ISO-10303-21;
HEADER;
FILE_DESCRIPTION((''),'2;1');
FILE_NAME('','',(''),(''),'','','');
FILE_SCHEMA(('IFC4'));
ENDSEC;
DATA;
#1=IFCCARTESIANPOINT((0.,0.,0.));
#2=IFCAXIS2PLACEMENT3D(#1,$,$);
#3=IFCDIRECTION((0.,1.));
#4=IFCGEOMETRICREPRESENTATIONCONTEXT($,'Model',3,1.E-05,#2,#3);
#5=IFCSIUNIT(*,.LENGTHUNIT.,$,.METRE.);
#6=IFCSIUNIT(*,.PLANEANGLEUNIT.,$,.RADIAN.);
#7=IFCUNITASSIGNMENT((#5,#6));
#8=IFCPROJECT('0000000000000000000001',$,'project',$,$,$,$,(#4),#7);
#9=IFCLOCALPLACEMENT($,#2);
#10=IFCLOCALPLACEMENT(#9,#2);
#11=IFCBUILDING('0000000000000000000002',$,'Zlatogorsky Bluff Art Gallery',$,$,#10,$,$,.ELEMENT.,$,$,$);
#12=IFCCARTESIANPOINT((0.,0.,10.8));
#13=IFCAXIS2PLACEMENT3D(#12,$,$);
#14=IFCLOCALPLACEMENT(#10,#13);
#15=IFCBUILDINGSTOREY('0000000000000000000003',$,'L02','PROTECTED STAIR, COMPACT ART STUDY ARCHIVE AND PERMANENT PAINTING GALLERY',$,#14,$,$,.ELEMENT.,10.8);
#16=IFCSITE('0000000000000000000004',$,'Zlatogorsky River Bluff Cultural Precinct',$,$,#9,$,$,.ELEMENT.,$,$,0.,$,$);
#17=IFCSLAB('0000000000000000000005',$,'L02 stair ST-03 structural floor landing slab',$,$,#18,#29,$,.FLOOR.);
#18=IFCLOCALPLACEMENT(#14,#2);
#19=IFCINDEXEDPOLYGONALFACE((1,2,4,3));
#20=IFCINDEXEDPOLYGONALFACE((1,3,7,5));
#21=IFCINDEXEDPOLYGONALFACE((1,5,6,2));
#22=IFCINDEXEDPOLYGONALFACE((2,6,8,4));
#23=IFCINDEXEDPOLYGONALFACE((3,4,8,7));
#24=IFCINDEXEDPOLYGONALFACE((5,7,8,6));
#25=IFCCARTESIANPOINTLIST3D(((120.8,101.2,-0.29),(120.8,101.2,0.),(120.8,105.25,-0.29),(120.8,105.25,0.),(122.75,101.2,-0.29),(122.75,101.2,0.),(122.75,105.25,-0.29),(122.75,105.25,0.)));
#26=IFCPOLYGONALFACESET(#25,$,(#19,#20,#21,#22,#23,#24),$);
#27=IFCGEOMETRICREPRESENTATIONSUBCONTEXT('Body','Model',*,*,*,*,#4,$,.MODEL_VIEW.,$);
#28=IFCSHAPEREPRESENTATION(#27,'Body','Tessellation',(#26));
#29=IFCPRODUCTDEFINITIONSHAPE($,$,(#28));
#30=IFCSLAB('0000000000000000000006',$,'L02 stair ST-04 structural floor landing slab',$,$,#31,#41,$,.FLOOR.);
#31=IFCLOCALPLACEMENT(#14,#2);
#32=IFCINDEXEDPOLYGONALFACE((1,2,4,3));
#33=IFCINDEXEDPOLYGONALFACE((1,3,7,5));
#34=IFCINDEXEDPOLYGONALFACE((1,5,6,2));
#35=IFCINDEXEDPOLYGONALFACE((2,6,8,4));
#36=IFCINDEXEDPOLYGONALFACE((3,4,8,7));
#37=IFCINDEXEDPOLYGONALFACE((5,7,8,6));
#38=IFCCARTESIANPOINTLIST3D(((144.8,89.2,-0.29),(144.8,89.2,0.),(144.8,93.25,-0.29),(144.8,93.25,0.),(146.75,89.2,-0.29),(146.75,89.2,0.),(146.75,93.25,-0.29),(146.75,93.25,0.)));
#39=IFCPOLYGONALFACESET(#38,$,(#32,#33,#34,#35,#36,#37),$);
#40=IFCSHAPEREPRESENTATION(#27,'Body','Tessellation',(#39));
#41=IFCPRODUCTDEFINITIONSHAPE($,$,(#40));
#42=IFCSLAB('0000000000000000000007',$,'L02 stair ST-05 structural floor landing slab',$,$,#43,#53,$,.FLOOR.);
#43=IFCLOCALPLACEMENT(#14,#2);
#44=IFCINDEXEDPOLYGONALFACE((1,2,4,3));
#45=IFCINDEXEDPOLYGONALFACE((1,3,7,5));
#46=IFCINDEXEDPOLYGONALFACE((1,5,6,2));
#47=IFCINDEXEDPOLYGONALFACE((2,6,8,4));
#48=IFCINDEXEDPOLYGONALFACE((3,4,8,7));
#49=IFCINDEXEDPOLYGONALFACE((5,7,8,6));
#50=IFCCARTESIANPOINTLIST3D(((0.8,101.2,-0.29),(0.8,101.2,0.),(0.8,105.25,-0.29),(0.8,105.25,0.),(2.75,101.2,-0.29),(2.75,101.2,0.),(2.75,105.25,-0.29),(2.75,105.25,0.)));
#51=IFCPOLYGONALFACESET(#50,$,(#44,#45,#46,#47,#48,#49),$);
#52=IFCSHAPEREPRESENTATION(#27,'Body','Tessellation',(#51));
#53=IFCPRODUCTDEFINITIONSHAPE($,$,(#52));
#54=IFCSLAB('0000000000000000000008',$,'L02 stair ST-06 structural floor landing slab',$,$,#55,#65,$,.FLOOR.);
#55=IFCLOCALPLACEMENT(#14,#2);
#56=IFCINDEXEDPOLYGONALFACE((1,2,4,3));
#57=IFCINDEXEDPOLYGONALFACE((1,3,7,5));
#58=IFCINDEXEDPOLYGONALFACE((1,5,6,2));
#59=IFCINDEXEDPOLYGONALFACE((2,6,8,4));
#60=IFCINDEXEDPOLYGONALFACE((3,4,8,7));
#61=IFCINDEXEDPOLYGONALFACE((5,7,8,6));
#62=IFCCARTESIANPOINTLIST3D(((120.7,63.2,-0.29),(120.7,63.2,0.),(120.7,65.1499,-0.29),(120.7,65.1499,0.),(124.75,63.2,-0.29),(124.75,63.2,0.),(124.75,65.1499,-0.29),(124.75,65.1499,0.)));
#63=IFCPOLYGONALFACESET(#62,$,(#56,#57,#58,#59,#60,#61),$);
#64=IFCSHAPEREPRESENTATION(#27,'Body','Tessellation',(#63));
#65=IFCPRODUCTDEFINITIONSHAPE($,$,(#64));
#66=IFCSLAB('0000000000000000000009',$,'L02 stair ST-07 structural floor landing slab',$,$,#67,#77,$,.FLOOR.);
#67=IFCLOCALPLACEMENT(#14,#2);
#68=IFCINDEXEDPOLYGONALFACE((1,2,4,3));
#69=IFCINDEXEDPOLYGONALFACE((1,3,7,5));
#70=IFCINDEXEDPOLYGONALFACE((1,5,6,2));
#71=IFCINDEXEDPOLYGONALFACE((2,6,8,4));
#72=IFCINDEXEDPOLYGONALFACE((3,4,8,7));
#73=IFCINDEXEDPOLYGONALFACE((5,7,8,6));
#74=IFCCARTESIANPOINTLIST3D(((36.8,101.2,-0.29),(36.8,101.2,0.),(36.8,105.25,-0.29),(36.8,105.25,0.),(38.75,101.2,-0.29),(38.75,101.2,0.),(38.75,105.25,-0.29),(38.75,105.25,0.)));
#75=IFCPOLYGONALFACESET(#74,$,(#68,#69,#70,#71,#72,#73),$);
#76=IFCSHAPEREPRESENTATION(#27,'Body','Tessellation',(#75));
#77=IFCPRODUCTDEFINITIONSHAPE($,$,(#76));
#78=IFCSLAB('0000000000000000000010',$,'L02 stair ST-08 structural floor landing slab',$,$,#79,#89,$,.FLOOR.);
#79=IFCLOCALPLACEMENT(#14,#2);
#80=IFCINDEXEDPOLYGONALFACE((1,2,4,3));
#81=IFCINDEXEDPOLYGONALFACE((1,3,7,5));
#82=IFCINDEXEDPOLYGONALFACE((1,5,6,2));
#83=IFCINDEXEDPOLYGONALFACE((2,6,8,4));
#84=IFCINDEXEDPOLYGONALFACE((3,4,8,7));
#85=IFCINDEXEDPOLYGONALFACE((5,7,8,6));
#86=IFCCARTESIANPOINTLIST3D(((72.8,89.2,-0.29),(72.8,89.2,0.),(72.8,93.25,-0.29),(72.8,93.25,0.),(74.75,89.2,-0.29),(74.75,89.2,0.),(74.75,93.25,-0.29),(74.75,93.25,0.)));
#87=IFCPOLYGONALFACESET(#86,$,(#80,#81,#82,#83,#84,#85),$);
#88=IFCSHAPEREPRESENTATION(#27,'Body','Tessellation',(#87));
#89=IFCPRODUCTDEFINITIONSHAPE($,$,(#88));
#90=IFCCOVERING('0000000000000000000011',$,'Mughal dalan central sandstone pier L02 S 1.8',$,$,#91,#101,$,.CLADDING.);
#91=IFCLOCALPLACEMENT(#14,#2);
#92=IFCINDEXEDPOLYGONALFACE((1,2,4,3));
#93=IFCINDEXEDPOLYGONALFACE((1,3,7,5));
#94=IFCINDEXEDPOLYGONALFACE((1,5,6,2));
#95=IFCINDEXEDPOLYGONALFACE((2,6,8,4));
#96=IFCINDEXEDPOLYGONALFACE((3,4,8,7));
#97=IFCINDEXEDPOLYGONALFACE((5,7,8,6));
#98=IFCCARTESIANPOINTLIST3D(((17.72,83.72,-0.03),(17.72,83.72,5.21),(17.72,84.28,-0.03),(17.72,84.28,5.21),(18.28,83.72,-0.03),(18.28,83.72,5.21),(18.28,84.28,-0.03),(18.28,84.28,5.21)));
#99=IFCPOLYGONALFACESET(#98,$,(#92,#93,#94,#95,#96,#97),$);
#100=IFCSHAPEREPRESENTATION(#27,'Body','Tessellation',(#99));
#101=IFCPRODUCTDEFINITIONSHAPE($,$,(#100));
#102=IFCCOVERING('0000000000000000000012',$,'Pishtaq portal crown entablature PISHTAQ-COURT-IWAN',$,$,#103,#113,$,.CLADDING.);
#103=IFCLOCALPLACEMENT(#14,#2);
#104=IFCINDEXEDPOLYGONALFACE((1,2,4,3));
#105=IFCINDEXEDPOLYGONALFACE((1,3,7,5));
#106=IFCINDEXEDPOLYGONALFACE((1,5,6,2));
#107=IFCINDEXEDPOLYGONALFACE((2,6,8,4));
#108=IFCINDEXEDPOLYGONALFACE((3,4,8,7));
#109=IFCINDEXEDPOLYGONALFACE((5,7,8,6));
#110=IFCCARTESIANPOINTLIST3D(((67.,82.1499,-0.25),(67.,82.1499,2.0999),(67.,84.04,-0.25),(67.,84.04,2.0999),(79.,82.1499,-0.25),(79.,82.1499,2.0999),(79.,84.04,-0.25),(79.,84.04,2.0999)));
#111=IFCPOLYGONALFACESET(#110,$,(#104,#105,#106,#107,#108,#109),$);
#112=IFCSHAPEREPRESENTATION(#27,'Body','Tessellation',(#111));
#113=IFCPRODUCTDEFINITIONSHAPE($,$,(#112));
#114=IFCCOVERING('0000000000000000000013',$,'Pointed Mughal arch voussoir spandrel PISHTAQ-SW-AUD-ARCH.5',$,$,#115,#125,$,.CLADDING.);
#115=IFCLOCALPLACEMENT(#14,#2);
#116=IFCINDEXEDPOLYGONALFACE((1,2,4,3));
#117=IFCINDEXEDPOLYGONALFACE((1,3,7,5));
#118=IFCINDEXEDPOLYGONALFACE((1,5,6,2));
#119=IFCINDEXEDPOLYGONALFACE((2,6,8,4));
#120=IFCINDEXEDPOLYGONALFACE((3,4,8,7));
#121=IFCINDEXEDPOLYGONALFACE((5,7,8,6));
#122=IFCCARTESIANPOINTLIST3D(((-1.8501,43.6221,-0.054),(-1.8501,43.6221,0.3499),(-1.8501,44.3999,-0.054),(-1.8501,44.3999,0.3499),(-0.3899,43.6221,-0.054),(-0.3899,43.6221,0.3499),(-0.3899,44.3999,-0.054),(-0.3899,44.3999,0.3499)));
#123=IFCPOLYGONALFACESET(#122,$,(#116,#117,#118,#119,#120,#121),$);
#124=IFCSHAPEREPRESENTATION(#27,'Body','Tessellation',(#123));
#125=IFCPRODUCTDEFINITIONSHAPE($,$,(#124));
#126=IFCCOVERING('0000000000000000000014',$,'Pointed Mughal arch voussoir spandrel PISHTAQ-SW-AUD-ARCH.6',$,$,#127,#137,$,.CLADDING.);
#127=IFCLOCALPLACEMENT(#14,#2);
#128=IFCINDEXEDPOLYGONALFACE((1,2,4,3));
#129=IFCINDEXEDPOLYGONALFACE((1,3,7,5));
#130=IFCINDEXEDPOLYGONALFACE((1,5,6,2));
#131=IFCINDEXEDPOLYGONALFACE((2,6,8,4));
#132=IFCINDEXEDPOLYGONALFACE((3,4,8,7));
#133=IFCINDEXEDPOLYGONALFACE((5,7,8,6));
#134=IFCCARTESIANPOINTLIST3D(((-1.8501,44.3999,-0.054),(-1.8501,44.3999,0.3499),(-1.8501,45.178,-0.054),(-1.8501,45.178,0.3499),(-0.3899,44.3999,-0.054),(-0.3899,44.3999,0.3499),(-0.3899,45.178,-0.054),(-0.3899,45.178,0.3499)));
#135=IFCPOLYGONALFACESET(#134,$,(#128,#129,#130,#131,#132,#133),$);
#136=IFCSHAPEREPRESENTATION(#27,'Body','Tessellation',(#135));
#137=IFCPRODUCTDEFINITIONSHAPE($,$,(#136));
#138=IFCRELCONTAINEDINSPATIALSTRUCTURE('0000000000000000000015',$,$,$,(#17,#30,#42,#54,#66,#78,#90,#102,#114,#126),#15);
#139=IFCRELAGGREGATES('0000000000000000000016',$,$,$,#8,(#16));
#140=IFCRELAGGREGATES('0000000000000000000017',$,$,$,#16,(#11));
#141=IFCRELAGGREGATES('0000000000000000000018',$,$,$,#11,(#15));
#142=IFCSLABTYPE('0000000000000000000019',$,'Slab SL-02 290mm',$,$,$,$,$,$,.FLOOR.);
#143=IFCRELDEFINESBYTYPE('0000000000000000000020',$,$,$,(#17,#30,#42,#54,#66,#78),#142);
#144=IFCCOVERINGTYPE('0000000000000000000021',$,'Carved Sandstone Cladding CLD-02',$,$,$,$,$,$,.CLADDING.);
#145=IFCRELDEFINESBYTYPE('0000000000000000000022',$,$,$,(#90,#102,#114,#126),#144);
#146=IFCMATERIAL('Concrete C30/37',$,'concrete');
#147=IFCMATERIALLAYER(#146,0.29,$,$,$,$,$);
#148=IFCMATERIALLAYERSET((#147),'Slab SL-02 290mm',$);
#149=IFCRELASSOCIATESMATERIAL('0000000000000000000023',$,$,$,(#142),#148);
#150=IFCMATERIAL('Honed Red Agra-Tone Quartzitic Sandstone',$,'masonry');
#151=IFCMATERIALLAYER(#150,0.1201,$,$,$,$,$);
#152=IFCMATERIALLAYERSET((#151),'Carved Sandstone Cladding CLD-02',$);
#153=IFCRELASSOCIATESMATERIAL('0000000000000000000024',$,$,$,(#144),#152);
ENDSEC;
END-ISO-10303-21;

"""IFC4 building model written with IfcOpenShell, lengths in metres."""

from ifc_helpers import new_model, si_unit, direction, frame, origin, place, context, subcontext, project, spatial, polyline, outline, extrude, material, layer, layer_set, type_object, element, save


model = new_model("IFC4")

# Units and contexts
model_context = context("Model", 3, precision=1e-05, world=origin(), true_north=direction((0.0, 1.0)))
body_context = subcontext(model_context, "Body", "Model", "MODEL_VIEW")
ifc_project = project(units=[si_unit("LENGTHUNIT", "METRE"), si_unit("PLANEANGLEUNIT", "RADIAN")], contexts=[model_context])

# Site, building, storey
site_placement = place(None, origin())
site = spatial("IfcSite", under=ifc_project, at=site_placement, Name="Zlatogorsky River Bluff Cultural Precinct", CompositionType="ELEMENT", RefElevation=0.0)
building_placement = place(site_placement, origin())
building = spatial("IfcBuilding", under=site, at=building_placement, Name="Zlatogorsky Bluff Art Gallery", CompositionType="ELEMENT")
storey_placement = place(building_placement, frame((0.0, 0.0, 10.8)))
storey = spatial("IfcBuildingStorey", under=building, at=storey_placement, Name="L02", Description="PROTECTED STAIR, COMPACT ART STUDY ARCHIVE AND PERMANENT PAINTING GALLERY", CompositionType="ELEMENT", Elevation=10.8)

# Slabs
ifc_material_1 = material(Name="Concrete C30/37", Category="concrete")
ifc_layer_1 = layer(ifc_material_1, 0.29)
ifc_layer_set_1 = layer_set([ifc_layer_1], Name="Slab SL-02 290mm")
slab_type_1 = type_object("IfcSlabType", Name="Slab SL-02 290mm", PredefinedType="FLOOR", material=ifc_layer_set_1)
slab_1_placement = place(storey_placement, frame((0.0, 0.0, -0.29)))
element("IfcSlab", 1, at=slab_1_placement, inside=storey, type_object=slab_type_1, Name="L02 stair ST-03 structural floor landing slab", PredefinedType="FLOOR", context=body_context, shape_type="SweptSolid", body=[
    extrude(outline(polyline([(120.8, 101.2), (122.75, 101.2), (122.75, 105.25), (120.8, 105.25), (120.8, 101.2)])), origin(), (0.0, 0.0, 1.0), 0.29),
])
slab_2_placement = place(storey_placement, frame((0.0, 0.0, -0.29)))
element("IfcSlab", 2, at=slab_2_placement, inside=storey, type_object=slab_type_1, Name="L02 stair ST-04 structural floor landing slab", PredefinedType="FLOOR", context=body_context, shape_type="SweptSolid", body=[
    extrude(outline(polyline([(144.8, 89.2), (146.75, 89.2), (146.75, 93.25), (144.8, 93.25), (144.8, 89.2)])), origin(), (0.0, 0.0, 1.0), 0.29),
])
slab_3_placement = place(storey_placement, frame((0.0, 0.0, -0.29)))
element("IfcSlab", 3, at=slab_3_placement, inside=storey, type_object=slab_type_1, Name="L02 stair ST-05 structural floor landing slab", PredefinedType="FLOOR", context=body_context, shape_type="SweptSolid", body=[
    extrude(outline(polyline([(0.8, 101.2), (2.75, 101.2), (2.75, 105.25), (0.8, 105.25), (0.8, 101.2)])), origin(), (0.0, 0.0, 1.0), 0.29),
])
slab_4_placement = place(storey_placement, frame((0.0, 0.0, -0.29)))
element("IfcSlab", 4, at=slab_4_placement, inside=storey, type_object=slab_type_1, Name="L02 stair ST-06 structural floor landing slab", PredefinedType="FLOOR", context=body_context, shape_type="SweptSolid", body=[
    extrude(outline(polyline([(124.75, 63.2), (124.75, 65.1499), (120.7, 65.1499), (120.7, 63.2), (124.75, 63.2)])), origin(), (0.0, 0.0, 1.0), 0.29),
])
slab_5_placement = place(storey_placement, frame((0.0, 0.0, -0.29)))
element("IfcSlab", 5, at=slab_5_placement, inside=storey, type_object=slab_type_1, Name="L02 stair ST-07 structural floor landing slab", PredefinedType="FLOOR", context=body_context, shape_type="SweptSolid", body=[
    extrude(outline(polyline([(36.8, 101.2), (38.75, 101.2), (38.75, 105.25), (36.8, 105.25), (36.8, 101.2)])), origin(), (0.0, 0.0, 1.0), 0.29),
])
slab_6_placement = place(storey_placement, frame((0.0, 0.0, -0.29)))
element("IfcSlab", 6, at=slab_6_placement, inside=storey, type_object=slab_type_1, Name="L02 stair ST-08 structural floor landing slab", PredefinedType="FLOOR", context=body_context, shape_type="SweptSolid", body=[
    extrude(outline(polyline([(72.8, 89.2), (74.75, 89.2), (74.75, 93.25), (72.8, 93.25), (72.8, 89.2)])), origin(), (0.0, 0.0, 1.0), 0.29),
])

# Coverings
ifc_material_2 = material(Name="Honed Red Agra-Tone Quartzitic Sandstone", Category="masonry")
ifc_layer_2 = layer(ifc_material_2, 0.1201)
ifc_layer_set_2 = layer_set([ifc_layer_2], Name="Carved Sandstone Cladding CLD-02")
covering_type = type_object("IfcCoveringType", Name="Carved Sandstone Cladding CLD-02", PredefinedType="CLADDING", material=ifc_layer_set_2)
covering_1_placement = place(storey_placement, frame((0.0, 0.0, -0.03)))
element("IfcCovering", 7, at=covering_1_placement, inside=storey, type_object=covering_type, Name="Mughal dalan central sandstone pier L02 S 1.8", PredefinedType="CLADDING", context=body_context, shape_type="SweptSolid", body=[
    extrude(outline(polyline([(17.72, 83.72), (18.28, 83.72), (18.28, 84.28), (17.72, 84.28), (17.72, 83.72)])), origin(), (0.0, 0.0, 1.0), 5.24),
])
covering_2_placement = place(storey_placement, frame((0.0, 0.0, -0.25)))
element("IfcCovering", 8, at=covering_2_placement, inside=storey, type_object=covering_type, Name="Pishtaq portal crown entablature PISHTAQ-COURT-IWAN", PredefinedType="CLADDING", context=body_context, shape_type="SweptSolid", body=[
    extrude(outline(polyline([(67.0, 82.1499), (79.0, 82.1499), (79.0, 84.04), (67.0, 84.04), (67.0, 82.1499)])), origin(), (0.0, 0.0, 1.0), 2.3499),
])
covering_3_placement = place(storey_placement, frame((0.0, 0.0, -0.054)))
element("IfcCovering", 9, at=covering_3_placement, inside=storey, type_object=covering_type, Name="Pointed Mughal arch voussoir spandrel PISHTAQ-SW-AUD-ARCH.5", PredefinedType="CLADDING", context=body_context, shape_type="SweptSolid", body=[
    extrude(outline(polyline([(-1.8501, 43.6221), (-1.8501, 44.3999), (-0.3899, 44.3999), (-0.3899, 43.6221), (-1.8501, 43.6221)])), origin(), (0.0, 0.0, 1.0), 0.4038),
])
covering_4_placement = place(storey_placement, frame((0.0, 0.0, -0.054)))
element("IfcCovering", 10, at=covering_4_placement, inside=storey, type_object=covering_type, Name="Pointed Mughal arch voussoir spandrel PISHTAQ-SW-AUD-ARCH.6", PredefinedType="CLADDING", context=body_context, shape_type="SweptSolid", body=[
    extrude(outline(polyline([(-1.8501, 44.3999), (-1.8501, 45.178), (-0.3899, 45.178), (-0.3899, 44.3999), (-1.8501, 44.3999)])), origin(), (0.0, 0.0, 1.0), 0.4038),
])

save(model, "model.ifc")
